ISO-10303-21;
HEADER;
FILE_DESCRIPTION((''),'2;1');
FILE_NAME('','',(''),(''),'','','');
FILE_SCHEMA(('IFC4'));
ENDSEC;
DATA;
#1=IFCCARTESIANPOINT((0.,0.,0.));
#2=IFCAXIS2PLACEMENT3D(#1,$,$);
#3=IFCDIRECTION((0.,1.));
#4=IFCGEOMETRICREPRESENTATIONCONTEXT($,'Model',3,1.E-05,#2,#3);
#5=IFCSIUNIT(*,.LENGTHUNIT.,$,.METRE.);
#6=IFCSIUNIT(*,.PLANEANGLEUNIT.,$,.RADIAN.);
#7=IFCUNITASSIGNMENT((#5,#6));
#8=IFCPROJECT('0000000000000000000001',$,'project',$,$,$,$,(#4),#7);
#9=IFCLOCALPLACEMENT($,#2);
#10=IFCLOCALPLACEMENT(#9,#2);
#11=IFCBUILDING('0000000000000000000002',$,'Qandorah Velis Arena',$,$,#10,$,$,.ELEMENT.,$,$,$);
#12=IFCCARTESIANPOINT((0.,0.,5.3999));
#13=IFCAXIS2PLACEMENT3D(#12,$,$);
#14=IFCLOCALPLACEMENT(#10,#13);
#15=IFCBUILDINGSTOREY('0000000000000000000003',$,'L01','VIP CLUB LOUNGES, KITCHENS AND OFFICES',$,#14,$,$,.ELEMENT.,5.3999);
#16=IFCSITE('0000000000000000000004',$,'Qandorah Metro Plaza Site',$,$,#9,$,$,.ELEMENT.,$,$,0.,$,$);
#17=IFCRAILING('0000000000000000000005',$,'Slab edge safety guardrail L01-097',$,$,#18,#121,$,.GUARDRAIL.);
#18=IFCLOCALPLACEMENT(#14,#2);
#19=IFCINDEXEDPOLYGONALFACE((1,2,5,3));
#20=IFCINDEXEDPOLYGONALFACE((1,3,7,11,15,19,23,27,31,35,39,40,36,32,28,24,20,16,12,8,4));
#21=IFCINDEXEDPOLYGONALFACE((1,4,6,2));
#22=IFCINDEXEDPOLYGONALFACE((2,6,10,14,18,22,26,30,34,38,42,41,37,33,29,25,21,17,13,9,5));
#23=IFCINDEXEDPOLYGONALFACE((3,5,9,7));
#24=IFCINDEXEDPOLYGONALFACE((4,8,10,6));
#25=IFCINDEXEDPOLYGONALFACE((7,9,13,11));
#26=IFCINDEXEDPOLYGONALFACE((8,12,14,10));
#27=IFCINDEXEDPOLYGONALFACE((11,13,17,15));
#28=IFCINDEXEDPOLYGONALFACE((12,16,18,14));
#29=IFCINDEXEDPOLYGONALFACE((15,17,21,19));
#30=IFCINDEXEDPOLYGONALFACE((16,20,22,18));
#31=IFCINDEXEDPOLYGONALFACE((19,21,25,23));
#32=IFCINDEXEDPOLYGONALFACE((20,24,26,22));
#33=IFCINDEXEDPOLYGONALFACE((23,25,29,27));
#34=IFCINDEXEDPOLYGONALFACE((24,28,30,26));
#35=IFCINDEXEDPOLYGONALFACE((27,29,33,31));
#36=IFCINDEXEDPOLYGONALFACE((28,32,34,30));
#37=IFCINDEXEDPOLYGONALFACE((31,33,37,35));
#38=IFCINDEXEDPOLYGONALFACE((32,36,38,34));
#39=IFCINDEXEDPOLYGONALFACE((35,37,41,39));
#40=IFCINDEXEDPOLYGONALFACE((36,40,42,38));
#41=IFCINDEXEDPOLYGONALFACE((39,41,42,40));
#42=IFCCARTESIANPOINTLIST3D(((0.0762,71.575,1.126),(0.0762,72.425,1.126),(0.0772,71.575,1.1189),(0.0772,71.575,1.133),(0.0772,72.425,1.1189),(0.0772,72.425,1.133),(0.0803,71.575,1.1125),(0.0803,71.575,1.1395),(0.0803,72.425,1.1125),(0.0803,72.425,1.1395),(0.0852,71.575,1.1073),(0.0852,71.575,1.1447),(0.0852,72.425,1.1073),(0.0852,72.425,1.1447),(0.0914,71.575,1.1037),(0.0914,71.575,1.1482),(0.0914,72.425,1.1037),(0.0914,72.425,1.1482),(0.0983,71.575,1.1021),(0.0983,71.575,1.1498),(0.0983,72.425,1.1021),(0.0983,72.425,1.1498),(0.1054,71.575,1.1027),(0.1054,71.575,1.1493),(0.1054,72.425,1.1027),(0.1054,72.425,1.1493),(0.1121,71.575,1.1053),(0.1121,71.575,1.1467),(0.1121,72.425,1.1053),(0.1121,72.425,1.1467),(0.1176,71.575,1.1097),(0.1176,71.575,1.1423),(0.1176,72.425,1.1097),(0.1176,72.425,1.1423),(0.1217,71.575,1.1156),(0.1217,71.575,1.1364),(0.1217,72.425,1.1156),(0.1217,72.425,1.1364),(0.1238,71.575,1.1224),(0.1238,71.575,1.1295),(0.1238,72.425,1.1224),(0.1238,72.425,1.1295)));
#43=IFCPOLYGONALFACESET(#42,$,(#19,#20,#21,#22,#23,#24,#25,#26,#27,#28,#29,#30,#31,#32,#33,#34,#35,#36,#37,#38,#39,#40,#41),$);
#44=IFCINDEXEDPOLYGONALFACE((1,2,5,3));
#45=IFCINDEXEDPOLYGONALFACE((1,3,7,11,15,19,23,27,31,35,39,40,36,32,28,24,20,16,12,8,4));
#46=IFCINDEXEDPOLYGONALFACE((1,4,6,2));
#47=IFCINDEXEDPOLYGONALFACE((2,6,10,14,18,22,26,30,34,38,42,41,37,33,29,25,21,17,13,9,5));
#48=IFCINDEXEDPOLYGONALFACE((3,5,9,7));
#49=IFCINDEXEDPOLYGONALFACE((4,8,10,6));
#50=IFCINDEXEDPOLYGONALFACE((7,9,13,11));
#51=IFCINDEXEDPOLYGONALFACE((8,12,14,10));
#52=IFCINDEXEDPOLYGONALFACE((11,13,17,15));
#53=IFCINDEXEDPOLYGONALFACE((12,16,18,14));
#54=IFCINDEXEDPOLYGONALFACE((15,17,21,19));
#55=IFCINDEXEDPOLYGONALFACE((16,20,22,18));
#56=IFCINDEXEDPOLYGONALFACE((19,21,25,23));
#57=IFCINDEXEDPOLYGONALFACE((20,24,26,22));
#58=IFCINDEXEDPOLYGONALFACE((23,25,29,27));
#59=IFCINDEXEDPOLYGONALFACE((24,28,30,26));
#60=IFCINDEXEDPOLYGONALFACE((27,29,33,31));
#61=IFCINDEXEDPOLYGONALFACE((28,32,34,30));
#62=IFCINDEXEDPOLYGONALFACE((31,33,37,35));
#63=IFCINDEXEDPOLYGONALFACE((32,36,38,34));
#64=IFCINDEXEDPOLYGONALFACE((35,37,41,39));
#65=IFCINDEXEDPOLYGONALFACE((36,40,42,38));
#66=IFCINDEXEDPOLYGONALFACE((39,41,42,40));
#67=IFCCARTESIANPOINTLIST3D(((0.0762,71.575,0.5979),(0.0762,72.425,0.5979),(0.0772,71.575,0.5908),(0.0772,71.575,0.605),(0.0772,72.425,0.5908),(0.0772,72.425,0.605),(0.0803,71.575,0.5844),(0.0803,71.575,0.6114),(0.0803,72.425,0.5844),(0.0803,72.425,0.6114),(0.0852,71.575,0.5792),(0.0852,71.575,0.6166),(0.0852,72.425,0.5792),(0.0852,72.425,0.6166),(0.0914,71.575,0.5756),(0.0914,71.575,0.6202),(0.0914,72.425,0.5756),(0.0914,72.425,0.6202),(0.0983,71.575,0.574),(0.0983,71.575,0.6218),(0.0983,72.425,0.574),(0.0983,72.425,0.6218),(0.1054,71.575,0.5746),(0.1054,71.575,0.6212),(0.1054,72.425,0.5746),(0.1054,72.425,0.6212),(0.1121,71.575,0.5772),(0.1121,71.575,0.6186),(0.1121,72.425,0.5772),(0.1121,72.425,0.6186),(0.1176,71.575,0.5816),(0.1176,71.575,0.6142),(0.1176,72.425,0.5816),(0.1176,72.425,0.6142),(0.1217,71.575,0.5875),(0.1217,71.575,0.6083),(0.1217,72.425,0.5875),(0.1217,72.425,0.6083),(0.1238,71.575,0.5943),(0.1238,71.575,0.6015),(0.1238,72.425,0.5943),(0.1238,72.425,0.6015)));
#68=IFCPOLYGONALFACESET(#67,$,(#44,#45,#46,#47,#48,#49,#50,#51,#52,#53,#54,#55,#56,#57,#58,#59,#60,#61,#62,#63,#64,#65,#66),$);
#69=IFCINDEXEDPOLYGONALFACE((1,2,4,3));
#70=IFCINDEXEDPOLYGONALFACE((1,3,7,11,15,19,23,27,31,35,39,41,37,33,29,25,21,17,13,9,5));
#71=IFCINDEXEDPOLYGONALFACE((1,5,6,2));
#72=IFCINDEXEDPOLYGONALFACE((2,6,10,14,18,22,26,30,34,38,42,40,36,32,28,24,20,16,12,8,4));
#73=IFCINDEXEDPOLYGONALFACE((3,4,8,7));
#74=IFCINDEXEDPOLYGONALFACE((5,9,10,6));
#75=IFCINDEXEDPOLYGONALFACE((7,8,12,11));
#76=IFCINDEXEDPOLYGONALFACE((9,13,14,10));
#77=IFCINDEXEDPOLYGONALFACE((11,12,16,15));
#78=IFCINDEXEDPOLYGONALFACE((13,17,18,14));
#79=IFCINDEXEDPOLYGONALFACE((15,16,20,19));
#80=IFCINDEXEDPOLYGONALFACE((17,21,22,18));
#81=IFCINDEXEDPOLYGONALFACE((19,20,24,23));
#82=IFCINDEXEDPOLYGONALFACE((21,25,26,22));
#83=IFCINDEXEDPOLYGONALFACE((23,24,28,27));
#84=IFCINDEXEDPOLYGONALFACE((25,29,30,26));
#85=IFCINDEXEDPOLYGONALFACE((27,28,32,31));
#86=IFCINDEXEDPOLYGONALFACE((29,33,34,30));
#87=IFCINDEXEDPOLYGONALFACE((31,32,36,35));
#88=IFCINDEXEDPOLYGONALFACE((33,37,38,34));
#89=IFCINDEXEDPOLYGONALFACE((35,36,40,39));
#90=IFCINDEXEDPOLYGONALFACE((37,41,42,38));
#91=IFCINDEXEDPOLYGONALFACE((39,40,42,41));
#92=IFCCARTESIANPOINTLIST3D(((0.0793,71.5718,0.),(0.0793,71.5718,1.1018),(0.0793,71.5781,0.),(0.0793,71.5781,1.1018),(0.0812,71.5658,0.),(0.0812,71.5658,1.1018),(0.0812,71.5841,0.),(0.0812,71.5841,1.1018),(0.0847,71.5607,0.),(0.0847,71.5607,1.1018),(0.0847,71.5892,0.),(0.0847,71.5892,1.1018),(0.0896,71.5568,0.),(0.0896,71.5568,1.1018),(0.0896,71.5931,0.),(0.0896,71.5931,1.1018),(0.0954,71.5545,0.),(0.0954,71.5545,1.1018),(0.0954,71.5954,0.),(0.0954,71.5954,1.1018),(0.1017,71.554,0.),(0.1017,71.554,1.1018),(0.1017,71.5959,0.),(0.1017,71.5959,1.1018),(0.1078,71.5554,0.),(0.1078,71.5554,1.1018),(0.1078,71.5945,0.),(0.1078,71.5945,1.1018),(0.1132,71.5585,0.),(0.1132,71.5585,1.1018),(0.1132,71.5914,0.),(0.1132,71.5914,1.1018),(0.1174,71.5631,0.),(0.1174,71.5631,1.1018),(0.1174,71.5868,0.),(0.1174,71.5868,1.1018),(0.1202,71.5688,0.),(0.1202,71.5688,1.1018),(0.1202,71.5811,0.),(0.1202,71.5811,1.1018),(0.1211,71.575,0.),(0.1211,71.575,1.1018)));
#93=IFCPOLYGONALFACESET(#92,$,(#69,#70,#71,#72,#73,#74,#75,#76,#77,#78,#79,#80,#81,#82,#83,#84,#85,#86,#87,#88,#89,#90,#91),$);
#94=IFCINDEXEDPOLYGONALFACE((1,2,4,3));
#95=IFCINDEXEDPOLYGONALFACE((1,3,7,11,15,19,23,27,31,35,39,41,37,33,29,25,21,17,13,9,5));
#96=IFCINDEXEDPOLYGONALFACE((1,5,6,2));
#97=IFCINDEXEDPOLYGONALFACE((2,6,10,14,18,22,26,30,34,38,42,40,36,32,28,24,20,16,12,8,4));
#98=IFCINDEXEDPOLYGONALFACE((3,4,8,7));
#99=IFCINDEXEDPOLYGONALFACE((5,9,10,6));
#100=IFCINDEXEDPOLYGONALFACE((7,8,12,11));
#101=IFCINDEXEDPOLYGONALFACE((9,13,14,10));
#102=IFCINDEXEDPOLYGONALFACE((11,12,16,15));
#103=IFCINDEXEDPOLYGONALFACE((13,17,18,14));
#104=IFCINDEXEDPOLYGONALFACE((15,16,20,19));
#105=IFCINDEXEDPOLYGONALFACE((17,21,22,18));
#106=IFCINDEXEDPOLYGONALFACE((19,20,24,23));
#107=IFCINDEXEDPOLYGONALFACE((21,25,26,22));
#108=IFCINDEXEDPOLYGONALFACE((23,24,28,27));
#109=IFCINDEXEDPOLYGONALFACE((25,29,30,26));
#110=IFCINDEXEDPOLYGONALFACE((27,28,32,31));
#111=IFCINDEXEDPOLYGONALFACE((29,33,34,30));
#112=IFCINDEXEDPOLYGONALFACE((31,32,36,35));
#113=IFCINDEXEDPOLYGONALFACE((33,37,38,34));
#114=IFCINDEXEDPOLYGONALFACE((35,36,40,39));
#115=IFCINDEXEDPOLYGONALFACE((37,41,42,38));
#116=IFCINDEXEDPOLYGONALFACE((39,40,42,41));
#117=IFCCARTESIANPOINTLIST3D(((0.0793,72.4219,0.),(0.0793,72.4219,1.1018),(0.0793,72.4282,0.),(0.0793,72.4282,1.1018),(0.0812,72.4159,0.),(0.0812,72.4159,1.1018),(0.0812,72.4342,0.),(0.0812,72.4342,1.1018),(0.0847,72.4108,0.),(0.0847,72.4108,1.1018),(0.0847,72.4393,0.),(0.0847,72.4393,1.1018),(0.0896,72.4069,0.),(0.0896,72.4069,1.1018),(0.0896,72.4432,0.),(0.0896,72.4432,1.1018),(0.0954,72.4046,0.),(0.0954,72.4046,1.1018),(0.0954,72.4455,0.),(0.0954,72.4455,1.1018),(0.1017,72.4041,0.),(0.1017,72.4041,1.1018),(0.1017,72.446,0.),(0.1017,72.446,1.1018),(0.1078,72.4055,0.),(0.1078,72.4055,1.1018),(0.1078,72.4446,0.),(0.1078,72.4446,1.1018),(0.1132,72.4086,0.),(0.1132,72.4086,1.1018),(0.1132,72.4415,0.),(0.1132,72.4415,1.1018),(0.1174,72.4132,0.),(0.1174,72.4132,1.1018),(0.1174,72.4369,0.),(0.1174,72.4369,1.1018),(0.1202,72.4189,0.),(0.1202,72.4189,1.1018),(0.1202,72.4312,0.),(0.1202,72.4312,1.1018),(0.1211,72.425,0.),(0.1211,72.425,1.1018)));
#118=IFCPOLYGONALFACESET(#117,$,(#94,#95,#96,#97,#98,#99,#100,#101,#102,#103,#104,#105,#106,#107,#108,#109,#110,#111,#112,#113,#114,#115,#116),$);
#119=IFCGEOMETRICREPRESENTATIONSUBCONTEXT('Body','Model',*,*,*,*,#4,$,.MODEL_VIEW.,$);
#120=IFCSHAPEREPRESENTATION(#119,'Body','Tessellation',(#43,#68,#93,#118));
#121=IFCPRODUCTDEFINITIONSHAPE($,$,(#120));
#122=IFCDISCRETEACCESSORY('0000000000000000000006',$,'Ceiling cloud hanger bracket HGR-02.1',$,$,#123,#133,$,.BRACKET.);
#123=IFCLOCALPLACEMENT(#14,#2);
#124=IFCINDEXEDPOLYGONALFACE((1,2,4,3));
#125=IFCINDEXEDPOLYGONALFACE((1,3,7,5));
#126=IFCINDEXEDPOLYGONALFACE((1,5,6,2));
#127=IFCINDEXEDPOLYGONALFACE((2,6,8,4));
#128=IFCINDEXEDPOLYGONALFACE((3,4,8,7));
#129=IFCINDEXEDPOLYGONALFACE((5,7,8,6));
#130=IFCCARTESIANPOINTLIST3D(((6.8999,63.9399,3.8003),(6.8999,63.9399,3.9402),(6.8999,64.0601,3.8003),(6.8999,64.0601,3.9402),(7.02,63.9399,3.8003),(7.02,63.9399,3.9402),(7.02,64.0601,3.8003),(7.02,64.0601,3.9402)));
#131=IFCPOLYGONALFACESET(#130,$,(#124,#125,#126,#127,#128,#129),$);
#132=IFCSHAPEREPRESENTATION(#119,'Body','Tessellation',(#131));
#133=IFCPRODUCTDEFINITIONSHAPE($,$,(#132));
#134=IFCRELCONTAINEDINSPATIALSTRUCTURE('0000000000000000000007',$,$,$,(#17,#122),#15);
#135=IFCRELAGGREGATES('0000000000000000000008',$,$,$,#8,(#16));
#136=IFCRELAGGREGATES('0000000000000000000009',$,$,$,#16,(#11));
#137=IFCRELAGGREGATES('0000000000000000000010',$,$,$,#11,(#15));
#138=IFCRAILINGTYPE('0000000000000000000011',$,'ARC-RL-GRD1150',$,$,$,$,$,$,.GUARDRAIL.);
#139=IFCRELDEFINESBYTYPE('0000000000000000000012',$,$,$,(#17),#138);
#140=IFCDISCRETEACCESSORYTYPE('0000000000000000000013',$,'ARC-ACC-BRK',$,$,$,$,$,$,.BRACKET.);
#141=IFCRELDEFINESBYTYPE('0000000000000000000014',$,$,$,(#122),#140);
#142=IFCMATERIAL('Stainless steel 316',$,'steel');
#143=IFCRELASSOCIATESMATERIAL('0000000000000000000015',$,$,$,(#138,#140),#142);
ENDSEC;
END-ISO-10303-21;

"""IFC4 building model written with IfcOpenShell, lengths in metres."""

from ifc_helpers import new_model, si_unit, direction, frame, origin, origin_2d, place, context, subcontext, project, spatial, rectangle, circle, extrude, material, type_object, element, save


model = new_model("IFC4")

# Units and contexts
model_context = context("Model", 3, precision=1e-05, world=origin(), true_north=direction((0.0, 1.0)))
body_context = subcontext(model_context, "Body", "Model", "MODEL_VIEW")
ifc_project = project(units=[si_unit("LENGTHUNIT", "METRE"), si_unit("PLANEANGLEUNIT", "RADIAN")], contexts=[model_context])

# Site, building, storey
site_placement = place(None, origin())
site = spatial("IfcSite", under=ifc_project, at=site_placement, Name="Qandorah Metro Plaza Site", CompositionType="ELEMENT", RefElevation=0.0)
building_placement = place(site_placement, origin())
building = spatial("IfcBuilding", under=site, at=building_placement, Name="Qandorah Velis Arena", CompositionType="ELEMENT")
storey_placement = place(building_placement, frame((0.0, 0.0, 5.3999)))
storey = spatial("IfcBuildingStorey", under=building, at=storey_placement, Name="L01", Description="VIP CLUB LOUNGES, KITCHENS AND OFFICES", CompositionType="ELEMENT", Elevation=5.3999)

# Railing
ifc_material_1 = material(Name="Stainless steel 316", Category="steel")
railing_type = type_object("IfcRailingType", Name="ARC-RL-GRD1150", PredefinedType="GUARDRAIL", material=ifc_material_1)
for number, where, name in (
    (1, (0.1001, 71.575, 0.0), "Slab edge safety guardrail L01-097"),
):
    element("IfcRailing", number, at=place(storey_placement, frame(where)), inside=storey, type_object=railing_type, Name=name, PredefinedType="GUARDRAIL", context=body_context, shape_type="SweptSolid", body=[
        extrude(circle(Radius=0.0239, at=origin_2d()), frame((0.0, 0.0, 1.126), z_axis=(0.0, 1.0, 0.0), x_axis=(-1.0, 0.0, 0.0)), (0.0, 0.0, 1.0), 0.8501),
        extrude(circle(Radius=0.0239, at=origin_2d()), frame((0.0, 0.0, 0.5979), z_axis=(0.0, 1.0, 0.0), x_axis=(-1.0, 0.0, 0.0)), (0.0, 0.0, 1.0), 0.8501),
        extrude(circle(Radius=0.021, at=origin_2d()), origin(), (0.0, 0.0, 1.0), 1.1018),
        extrude(circle(Radius=0.021, at=origin_2d()), frame((0.0, 0.8501, 0.0)), (0.0, 0.0, 1.0), 1.1018),
    ])

# Discrete accessory
discrete_accessory_type = type_object("IfcDiscreteAccessoryType", Name="ARC-ACC-BRK", PredefinedType="BRACKET", material=ifc_material_1)
discrete_accessory_placement = place(storey_placement, frame((6.96, 64.0, 3.8003), z_axis=(0.0, 0.0, 1.0), x_axis=(1.0, 0.0, 0.0)))
element("IfcDiscreteAccessory", 2, at=discrete_accessory_placement, inside=storey, type_object=discrete_accessory_type, Name="Ceiling cloud hanger bracket HGR-02.1", PredefinedType="BRACKET", context=body_context, shape_type="SweptSolid", body=[
    extrude(rectangle(XDim=0.1201, YDim=0.1201, at=origin_2d()), origin(), (0.0, 0.0, 1.0), 0.1399),
])

save(model, "model.ifc")
